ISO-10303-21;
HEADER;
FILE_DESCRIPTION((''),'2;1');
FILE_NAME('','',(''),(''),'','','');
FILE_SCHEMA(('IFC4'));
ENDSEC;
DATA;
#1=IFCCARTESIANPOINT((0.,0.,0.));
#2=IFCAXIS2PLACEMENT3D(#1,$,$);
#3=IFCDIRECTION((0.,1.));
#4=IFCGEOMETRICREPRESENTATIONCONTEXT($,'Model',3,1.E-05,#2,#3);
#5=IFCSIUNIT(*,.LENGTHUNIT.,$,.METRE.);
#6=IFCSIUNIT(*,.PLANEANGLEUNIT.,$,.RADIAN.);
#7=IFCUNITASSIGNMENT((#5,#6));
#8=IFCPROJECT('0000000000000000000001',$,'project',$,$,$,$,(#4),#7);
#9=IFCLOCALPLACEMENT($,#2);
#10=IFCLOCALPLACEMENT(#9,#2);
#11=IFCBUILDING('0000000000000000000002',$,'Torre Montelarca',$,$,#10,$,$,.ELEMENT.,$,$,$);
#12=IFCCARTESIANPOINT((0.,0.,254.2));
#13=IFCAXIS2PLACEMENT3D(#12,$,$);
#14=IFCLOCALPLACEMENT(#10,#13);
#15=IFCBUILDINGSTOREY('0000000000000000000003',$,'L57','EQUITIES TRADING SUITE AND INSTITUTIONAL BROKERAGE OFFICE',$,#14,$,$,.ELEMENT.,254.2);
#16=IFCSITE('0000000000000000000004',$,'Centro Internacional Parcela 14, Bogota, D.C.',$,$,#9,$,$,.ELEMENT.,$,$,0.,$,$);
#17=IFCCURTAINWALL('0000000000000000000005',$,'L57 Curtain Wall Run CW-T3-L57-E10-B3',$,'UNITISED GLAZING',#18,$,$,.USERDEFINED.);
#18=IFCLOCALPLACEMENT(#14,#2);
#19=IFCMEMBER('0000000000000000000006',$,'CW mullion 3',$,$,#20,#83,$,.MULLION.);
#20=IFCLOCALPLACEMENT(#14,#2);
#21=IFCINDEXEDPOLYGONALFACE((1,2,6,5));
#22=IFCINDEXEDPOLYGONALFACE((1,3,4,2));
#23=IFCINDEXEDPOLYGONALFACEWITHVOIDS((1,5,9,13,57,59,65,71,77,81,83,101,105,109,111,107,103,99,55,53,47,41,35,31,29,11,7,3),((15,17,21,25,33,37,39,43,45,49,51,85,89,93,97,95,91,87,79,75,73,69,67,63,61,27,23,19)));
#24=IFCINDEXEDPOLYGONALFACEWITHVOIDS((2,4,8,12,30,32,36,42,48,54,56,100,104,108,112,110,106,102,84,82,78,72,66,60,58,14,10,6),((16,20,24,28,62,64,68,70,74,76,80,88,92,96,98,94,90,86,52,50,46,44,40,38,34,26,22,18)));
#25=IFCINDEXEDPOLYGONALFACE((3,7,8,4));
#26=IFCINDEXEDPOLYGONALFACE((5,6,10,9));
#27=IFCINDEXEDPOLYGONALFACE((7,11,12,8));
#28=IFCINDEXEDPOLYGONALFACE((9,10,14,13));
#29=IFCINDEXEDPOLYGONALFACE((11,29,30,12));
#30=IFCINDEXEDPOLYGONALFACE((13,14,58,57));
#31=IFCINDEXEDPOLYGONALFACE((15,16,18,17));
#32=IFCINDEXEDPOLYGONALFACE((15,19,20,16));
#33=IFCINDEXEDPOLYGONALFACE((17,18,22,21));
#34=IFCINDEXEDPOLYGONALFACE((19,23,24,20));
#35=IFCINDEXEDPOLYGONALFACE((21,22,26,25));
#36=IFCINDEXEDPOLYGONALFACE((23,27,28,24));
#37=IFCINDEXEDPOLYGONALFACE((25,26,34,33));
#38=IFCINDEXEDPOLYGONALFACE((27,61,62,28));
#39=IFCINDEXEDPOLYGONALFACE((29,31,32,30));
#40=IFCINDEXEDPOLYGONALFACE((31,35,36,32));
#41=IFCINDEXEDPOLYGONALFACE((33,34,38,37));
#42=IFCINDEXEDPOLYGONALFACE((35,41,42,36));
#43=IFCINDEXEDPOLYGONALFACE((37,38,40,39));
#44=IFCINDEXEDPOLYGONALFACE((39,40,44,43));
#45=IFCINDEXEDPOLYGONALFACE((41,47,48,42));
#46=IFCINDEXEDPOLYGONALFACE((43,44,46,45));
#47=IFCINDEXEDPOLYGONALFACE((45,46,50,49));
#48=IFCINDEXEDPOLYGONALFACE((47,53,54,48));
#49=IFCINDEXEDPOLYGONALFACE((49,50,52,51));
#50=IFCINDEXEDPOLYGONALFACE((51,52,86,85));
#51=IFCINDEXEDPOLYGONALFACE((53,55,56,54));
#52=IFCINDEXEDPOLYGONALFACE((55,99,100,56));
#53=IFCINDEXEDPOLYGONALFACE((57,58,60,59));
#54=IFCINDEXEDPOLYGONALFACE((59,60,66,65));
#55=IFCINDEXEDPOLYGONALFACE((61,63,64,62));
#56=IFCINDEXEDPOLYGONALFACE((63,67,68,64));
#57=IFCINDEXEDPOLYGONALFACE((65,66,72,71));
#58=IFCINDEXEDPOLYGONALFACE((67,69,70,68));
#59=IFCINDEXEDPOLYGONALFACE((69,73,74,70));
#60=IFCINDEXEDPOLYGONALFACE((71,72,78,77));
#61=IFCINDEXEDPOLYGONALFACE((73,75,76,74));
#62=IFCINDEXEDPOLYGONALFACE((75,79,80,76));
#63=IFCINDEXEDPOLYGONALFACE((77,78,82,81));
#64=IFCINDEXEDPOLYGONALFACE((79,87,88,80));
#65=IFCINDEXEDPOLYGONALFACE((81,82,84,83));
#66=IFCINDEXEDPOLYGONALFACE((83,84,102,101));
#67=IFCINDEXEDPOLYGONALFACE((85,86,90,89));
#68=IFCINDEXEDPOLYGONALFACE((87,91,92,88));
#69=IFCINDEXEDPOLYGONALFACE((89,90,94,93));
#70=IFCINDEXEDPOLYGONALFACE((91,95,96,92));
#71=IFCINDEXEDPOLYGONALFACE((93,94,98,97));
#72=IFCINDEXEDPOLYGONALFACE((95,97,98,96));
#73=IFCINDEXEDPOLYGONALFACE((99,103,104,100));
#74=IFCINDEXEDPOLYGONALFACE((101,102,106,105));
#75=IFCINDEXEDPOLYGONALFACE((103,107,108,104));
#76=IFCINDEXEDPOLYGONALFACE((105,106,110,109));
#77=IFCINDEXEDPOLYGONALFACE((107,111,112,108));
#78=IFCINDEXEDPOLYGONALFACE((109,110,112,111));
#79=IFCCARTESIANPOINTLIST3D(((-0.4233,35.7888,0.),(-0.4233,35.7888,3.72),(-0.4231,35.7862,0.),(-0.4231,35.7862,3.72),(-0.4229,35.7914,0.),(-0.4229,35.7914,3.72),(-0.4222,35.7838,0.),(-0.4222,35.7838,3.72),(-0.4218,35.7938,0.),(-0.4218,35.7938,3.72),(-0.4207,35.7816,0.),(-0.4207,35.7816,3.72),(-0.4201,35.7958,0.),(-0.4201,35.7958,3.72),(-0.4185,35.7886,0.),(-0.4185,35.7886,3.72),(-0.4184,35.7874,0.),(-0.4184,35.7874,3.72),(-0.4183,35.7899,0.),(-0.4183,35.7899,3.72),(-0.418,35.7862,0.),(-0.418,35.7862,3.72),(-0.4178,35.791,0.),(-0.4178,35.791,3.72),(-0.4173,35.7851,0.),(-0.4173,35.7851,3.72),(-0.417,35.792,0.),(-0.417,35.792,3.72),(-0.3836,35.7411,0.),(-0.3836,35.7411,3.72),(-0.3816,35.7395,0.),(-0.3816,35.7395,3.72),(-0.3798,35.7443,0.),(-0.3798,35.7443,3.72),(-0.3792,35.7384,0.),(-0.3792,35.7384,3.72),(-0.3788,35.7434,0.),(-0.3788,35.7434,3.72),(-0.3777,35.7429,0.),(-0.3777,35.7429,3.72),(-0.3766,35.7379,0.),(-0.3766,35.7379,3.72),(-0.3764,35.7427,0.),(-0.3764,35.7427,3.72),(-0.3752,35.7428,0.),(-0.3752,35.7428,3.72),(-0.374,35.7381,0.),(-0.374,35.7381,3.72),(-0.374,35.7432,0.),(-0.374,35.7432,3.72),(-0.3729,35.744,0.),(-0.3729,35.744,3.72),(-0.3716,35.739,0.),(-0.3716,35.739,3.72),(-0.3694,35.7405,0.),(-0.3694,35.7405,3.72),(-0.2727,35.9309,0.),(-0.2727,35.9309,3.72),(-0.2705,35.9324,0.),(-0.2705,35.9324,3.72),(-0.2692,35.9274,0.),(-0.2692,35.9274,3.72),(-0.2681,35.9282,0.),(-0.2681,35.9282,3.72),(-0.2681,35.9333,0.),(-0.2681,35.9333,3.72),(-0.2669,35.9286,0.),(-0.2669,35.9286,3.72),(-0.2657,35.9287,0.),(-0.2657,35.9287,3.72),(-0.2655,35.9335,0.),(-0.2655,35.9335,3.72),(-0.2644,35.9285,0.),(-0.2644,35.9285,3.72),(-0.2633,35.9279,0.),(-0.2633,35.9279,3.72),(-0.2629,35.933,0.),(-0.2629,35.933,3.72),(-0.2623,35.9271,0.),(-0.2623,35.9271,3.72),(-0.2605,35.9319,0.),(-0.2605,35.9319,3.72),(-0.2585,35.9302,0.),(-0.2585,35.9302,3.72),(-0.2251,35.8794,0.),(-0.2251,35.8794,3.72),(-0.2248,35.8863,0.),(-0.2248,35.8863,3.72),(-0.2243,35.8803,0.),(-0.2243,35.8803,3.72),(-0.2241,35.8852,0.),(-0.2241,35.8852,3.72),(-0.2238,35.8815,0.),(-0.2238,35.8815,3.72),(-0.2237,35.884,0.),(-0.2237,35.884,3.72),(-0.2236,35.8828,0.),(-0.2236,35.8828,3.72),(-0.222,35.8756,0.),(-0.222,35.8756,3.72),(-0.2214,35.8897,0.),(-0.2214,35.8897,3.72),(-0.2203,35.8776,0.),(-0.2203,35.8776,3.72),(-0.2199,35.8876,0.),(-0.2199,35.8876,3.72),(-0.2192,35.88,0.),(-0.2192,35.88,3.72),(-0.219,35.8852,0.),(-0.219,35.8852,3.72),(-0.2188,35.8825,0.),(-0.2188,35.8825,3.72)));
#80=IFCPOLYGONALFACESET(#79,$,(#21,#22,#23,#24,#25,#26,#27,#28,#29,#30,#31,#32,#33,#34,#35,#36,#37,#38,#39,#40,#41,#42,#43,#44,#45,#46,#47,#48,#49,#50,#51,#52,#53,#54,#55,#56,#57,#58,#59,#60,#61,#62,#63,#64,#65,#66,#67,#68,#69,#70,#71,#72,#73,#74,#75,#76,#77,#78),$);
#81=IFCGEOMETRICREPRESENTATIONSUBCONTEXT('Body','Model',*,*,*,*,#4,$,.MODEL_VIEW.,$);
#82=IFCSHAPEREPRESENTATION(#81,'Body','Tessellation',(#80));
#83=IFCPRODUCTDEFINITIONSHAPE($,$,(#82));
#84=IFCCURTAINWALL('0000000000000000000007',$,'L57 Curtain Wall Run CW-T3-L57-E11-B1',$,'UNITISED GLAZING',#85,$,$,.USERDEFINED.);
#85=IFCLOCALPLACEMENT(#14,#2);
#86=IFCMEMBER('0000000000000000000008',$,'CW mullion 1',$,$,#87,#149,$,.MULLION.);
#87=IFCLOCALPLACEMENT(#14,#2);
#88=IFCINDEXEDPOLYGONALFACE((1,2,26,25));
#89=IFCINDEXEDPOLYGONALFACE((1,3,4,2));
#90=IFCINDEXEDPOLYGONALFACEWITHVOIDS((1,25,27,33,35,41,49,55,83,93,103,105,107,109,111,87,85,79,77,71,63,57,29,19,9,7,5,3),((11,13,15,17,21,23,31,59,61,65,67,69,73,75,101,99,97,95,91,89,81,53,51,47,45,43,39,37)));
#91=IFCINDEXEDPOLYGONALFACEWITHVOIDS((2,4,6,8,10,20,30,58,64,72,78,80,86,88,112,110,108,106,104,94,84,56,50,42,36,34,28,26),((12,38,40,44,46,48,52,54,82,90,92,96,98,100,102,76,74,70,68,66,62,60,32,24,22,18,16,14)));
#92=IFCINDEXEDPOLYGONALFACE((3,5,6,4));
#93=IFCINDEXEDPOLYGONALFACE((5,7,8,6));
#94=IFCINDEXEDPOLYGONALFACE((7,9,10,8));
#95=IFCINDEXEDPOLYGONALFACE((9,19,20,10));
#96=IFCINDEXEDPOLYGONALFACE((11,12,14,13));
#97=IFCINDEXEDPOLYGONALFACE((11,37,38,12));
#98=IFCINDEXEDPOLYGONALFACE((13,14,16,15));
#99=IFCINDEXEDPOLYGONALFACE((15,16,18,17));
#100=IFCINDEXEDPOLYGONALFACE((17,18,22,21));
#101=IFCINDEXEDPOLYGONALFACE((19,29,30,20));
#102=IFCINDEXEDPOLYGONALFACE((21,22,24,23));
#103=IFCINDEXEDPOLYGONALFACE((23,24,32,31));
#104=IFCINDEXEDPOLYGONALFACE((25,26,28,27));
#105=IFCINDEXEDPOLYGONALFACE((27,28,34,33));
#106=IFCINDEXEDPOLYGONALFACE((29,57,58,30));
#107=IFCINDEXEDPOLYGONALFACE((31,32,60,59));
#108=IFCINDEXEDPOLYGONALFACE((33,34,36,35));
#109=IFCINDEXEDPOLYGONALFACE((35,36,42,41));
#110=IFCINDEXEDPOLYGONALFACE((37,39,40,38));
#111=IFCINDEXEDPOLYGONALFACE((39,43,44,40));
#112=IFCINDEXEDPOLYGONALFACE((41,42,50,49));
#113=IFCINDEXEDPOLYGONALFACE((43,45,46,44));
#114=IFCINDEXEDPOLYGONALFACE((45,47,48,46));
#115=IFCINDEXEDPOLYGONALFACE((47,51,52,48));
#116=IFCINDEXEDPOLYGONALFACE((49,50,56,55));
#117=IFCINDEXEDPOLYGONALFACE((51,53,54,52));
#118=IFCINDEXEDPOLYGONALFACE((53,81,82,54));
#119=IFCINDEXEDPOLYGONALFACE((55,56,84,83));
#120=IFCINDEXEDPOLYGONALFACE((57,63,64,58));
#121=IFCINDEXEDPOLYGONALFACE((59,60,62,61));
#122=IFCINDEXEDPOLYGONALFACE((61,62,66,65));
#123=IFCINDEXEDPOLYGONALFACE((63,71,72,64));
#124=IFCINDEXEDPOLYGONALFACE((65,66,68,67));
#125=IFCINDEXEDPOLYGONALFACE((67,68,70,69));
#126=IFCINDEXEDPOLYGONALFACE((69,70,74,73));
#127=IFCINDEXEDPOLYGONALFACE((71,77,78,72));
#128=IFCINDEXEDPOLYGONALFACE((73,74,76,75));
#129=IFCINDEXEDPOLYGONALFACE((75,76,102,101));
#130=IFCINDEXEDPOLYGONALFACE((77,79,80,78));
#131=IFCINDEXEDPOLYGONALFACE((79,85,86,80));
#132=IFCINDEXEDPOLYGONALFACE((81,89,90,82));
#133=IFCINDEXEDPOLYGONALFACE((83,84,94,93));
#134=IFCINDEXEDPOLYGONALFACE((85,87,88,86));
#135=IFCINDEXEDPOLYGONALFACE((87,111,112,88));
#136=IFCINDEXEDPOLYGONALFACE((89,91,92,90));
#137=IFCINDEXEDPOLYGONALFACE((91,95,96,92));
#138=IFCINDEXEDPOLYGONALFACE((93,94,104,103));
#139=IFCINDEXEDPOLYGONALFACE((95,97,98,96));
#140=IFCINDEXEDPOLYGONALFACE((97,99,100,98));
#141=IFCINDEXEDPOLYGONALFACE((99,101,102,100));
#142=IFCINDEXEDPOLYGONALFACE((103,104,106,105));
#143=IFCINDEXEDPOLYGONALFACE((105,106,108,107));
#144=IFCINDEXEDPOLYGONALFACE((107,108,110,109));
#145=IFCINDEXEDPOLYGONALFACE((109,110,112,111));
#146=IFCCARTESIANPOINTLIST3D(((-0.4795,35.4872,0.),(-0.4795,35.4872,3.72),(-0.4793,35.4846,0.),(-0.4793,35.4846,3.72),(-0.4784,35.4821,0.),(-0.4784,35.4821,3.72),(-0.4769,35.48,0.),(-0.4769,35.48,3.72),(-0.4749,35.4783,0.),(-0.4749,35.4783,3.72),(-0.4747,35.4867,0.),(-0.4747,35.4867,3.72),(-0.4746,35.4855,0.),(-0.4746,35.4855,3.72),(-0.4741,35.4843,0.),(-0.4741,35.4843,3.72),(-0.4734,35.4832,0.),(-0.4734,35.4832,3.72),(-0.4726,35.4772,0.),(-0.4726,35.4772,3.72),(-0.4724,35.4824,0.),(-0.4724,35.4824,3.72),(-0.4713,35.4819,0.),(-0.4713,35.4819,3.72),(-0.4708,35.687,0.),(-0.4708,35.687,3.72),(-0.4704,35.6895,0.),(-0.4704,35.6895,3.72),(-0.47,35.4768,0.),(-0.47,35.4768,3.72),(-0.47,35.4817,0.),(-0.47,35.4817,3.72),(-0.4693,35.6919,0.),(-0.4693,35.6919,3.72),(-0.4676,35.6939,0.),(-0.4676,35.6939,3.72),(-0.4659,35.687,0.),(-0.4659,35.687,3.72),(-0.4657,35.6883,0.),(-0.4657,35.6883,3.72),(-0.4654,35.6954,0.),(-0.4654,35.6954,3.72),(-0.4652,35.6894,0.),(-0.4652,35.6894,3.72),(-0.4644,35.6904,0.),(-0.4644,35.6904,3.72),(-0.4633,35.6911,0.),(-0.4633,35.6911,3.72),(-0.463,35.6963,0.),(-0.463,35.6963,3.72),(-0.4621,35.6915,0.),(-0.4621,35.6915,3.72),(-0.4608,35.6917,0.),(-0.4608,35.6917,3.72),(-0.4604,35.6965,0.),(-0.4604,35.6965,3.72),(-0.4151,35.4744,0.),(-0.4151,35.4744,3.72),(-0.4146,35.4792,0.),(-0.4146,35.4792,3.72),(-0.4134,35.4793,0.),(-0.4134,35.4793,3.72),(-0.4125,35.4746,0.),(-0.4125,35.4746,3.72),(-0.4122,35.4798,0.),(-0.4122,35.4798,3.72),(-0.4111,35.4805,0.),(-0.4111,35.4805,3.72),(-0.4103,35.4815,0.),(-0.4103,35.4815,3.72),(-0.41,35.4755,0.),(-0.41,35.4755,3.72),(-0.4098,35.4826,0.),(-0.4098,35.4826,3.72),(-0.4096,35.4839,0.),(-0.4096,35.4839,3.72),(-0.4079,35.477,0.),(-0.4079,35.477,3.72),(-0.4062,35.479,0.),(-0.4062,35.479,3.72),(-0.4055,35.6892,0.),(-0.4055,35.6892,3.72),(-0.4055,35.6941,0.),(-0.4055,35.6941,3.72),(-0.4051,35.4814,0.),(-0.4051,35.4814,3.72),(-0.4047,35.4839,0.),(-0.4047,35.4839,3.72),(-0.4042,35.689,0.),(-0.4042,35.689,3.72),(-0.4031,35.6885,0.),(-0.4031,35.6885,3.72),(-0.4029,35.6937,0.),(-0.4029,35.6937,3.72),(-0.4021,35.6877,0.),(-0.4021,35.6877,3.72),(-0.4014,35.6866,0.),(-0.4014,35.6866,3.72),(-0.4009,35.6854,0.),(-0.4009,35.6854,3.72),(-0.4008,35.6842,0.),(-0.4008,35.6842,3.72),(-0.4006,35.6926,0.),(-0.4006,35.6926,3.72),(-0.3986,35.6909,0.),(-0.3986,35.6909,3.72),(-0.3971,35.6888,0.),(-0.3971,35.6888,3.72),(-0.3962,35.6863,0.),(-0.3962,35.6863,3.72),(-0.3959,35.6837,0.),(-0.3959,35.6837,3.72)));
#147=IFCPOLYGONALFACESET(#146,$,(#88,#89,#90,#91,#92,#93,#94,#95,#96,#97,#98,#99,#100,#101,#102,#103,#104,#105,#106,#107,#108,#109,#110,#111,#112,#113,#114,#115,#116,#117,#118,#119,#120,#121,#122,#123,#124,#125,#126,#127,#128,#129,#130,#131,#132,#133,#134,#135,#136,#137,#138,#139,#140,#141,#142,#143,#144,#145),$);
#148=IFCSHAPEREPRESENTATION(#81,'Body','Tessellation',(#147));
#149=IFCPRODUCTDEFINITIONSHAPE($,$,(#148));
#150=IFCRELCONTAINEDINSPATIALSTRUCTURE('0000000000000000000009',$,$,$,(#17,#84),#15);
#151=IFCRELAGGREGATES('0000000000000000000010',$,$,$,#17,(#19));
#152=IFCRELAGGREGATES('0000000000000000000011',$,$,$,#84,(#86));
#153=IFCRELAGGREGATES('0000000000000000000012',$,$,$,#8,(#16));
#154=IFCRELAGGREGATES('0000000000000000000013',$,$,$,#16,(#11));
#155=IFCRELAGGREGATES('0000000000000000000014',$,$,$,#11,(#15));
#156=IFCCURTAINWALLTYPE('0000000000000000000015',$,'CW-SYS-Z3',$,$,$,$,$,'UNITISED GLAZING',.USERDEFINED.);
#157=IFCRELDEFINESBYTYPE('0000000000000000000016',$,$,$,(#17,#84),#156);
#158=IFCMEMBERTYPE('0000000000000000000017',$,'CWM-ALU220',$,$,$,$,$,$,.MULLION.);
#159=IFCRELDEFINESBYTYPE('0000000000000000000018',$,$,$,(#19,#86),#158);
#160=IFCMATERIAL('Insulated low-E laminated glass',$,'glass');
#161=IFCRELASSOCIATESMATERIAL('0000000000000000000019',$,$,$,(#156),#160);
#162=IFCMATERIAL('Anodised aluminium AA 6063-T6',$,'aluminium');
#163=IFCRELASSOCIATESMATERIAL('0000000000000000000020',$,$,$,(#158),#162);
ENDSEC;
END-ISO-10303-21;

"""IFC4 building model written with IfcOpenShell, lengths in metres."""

from ifc_helpers import new_model, si_unit, direction, frame, origin, origin_2d, place, context, subcontext, project, spatial, hollow_rectangle, extrude, source, transform, mapped, material, material_profile, profile_set, type_object, element, aggregate, save


model = new_model("IFC4")

# Units and contexts
model_context = context("Model", 3, precision=1e-05, world=origin(), true_north=direction((0.0, 1.0)))
body_context = subcontext(model_context, "Body", "Model", "MODEL_VIEW")
ifc_project = project(units=[si_unit("LENGTHUNIT", "METRE"), si_unit("PLANEANGLEUNIT", "RADIAN")], contexts=[model_context])

# Site, building, storey
site_placement = place(None, origin())
site = spatial("IfcSite", under=ifc_project, at=site_placement, Name="Centro Internacional Parcela 14, Bogota, D.C.", CompositionType="ELEMENT", RefElevation=0.0)
building_placement = place(site_placement, origin())
building = spatial("IfcBuilding", under=site, at=building_placement, Name="Torre Montelarca", CompositionType="ELEMENT")
storey_placement = place(building_placement, frame((0.0, 0.0, 254.2)))
storey = spatial("IfcBuildingStorey", under=building, at=storey_placement, Name="L57", Description="EQUITIES TRADING SUITE AND INSTITUTIONAL BROKERAGE OFFICE", CompositionType="ELEMENT", Elevation=254.2)

# Curtain wall, member
ifc_material_1 = material(Name="Insulated low-E laminated glass", Category="glass")
curtain_wall_type = type_object("IfcCurtainWallType", Name="CW-SYS-Z3", ElementType="UNITISED GLAZING", PredefinedType="USERDEFINED", material=ifc_material_1)
curtain_wall_1_placement = place(storey_placement, origin())
curtain_wall_1 = element("IfcCurtainWall", 1, at=curtain_wall_1_placement, inside=storey, type_object=curtain_wall_type, Name="L57 Curtain Wall Run CW-T3-L57-E10-B3", ObjectType="UNITISED GLAZING", PredefinedType="USERDEFINED")
ifc_material_2 = material(Name="Anodised aluminium AA 6063-T6", Category="aluminium")
ifc_material_profile_1 = material_profile(ifc_material_2, hollow_rectangle(XDim=0.075, YDim=0.22, WallThickness=0.0049, InnerFilletRadius=0.0049, OuterFilletRadius=0.01, at=origin_2d()), Name="ALU75X220X5", Category="aluminium")
ifc_profile_set_1 = profile_set([ifc_material_profile_1], Name="Anodised aluminium AA 6063-T6")
member_type_1 = type_object("IfcMemberType", Name="CWM-ALU220", PredefinedType="MULLION", material=ifc_profile_set_1)
shared_shape_1 = source(origin(), body_context, "Body", "SweptSolid", [
    extrude(hollow_rectangle(XDim=0.075, YDim=0.22, WallThickness=0.0049, InnerFilletRadius=0.0049, OuterFilletRadius=0.01, at=origin_2d()), origin(), (0.0, 0.0, 1.0), 3.72),
])
member_1_placement = place(storey_placement, frame((-0.321, 35.8357, 0.0), z_axis=(0.0, 0.0, 1.0), x_axis=(0.675582, -0.737285, 0.0)))
member_1 = element("IfcMember", 2, at=member_1_placement, type_object=member_type_1, Name="CW mullion 3", PredefinedType="MULLION", context=body_context, shape_type="MappedRepresentation", body=[
    mapped(shared_shape_1, transform((0.0, 0.0, 0.0), scale=1.0)),
])
aggregate(curtain_wall_1, [member_1])

# Curtain wall, member
curtain_wall_2_placement = place(storey_placement, origin())
curtain_wall_2 = element("IfcCurtainWall", 3, at=curtain_wall_2_placement, inside=storey, type_object=curtain_wall_type, Name="L57 Curtain Wall Run CW-T3-L57-E11-B1", ObjectType="UNITISED GLAZING", PredefinedType="USERDEFINED")
member_2_placement = place(storey_placement, frame((-0.4377, 35.5854, 0.0), z_axis=(0.0, 0.0, 1.0), x_axis=(0.999048, -0.043626, 0.0)))
member_2 = element("IfcMember", 4, at=member_2_placement, type_object=member_type_1, Name="CW mullion 1", PredefinedType="MULLION", context=body_context, shape_type="MappedRepresentation", body=[
    mapped(shared_shape_1, transform((0.0, 0.0, 0.0), scale=1.0)),
])
aggregate(curtain_wall_2, [member_2])

save(model, "model.ifc")
